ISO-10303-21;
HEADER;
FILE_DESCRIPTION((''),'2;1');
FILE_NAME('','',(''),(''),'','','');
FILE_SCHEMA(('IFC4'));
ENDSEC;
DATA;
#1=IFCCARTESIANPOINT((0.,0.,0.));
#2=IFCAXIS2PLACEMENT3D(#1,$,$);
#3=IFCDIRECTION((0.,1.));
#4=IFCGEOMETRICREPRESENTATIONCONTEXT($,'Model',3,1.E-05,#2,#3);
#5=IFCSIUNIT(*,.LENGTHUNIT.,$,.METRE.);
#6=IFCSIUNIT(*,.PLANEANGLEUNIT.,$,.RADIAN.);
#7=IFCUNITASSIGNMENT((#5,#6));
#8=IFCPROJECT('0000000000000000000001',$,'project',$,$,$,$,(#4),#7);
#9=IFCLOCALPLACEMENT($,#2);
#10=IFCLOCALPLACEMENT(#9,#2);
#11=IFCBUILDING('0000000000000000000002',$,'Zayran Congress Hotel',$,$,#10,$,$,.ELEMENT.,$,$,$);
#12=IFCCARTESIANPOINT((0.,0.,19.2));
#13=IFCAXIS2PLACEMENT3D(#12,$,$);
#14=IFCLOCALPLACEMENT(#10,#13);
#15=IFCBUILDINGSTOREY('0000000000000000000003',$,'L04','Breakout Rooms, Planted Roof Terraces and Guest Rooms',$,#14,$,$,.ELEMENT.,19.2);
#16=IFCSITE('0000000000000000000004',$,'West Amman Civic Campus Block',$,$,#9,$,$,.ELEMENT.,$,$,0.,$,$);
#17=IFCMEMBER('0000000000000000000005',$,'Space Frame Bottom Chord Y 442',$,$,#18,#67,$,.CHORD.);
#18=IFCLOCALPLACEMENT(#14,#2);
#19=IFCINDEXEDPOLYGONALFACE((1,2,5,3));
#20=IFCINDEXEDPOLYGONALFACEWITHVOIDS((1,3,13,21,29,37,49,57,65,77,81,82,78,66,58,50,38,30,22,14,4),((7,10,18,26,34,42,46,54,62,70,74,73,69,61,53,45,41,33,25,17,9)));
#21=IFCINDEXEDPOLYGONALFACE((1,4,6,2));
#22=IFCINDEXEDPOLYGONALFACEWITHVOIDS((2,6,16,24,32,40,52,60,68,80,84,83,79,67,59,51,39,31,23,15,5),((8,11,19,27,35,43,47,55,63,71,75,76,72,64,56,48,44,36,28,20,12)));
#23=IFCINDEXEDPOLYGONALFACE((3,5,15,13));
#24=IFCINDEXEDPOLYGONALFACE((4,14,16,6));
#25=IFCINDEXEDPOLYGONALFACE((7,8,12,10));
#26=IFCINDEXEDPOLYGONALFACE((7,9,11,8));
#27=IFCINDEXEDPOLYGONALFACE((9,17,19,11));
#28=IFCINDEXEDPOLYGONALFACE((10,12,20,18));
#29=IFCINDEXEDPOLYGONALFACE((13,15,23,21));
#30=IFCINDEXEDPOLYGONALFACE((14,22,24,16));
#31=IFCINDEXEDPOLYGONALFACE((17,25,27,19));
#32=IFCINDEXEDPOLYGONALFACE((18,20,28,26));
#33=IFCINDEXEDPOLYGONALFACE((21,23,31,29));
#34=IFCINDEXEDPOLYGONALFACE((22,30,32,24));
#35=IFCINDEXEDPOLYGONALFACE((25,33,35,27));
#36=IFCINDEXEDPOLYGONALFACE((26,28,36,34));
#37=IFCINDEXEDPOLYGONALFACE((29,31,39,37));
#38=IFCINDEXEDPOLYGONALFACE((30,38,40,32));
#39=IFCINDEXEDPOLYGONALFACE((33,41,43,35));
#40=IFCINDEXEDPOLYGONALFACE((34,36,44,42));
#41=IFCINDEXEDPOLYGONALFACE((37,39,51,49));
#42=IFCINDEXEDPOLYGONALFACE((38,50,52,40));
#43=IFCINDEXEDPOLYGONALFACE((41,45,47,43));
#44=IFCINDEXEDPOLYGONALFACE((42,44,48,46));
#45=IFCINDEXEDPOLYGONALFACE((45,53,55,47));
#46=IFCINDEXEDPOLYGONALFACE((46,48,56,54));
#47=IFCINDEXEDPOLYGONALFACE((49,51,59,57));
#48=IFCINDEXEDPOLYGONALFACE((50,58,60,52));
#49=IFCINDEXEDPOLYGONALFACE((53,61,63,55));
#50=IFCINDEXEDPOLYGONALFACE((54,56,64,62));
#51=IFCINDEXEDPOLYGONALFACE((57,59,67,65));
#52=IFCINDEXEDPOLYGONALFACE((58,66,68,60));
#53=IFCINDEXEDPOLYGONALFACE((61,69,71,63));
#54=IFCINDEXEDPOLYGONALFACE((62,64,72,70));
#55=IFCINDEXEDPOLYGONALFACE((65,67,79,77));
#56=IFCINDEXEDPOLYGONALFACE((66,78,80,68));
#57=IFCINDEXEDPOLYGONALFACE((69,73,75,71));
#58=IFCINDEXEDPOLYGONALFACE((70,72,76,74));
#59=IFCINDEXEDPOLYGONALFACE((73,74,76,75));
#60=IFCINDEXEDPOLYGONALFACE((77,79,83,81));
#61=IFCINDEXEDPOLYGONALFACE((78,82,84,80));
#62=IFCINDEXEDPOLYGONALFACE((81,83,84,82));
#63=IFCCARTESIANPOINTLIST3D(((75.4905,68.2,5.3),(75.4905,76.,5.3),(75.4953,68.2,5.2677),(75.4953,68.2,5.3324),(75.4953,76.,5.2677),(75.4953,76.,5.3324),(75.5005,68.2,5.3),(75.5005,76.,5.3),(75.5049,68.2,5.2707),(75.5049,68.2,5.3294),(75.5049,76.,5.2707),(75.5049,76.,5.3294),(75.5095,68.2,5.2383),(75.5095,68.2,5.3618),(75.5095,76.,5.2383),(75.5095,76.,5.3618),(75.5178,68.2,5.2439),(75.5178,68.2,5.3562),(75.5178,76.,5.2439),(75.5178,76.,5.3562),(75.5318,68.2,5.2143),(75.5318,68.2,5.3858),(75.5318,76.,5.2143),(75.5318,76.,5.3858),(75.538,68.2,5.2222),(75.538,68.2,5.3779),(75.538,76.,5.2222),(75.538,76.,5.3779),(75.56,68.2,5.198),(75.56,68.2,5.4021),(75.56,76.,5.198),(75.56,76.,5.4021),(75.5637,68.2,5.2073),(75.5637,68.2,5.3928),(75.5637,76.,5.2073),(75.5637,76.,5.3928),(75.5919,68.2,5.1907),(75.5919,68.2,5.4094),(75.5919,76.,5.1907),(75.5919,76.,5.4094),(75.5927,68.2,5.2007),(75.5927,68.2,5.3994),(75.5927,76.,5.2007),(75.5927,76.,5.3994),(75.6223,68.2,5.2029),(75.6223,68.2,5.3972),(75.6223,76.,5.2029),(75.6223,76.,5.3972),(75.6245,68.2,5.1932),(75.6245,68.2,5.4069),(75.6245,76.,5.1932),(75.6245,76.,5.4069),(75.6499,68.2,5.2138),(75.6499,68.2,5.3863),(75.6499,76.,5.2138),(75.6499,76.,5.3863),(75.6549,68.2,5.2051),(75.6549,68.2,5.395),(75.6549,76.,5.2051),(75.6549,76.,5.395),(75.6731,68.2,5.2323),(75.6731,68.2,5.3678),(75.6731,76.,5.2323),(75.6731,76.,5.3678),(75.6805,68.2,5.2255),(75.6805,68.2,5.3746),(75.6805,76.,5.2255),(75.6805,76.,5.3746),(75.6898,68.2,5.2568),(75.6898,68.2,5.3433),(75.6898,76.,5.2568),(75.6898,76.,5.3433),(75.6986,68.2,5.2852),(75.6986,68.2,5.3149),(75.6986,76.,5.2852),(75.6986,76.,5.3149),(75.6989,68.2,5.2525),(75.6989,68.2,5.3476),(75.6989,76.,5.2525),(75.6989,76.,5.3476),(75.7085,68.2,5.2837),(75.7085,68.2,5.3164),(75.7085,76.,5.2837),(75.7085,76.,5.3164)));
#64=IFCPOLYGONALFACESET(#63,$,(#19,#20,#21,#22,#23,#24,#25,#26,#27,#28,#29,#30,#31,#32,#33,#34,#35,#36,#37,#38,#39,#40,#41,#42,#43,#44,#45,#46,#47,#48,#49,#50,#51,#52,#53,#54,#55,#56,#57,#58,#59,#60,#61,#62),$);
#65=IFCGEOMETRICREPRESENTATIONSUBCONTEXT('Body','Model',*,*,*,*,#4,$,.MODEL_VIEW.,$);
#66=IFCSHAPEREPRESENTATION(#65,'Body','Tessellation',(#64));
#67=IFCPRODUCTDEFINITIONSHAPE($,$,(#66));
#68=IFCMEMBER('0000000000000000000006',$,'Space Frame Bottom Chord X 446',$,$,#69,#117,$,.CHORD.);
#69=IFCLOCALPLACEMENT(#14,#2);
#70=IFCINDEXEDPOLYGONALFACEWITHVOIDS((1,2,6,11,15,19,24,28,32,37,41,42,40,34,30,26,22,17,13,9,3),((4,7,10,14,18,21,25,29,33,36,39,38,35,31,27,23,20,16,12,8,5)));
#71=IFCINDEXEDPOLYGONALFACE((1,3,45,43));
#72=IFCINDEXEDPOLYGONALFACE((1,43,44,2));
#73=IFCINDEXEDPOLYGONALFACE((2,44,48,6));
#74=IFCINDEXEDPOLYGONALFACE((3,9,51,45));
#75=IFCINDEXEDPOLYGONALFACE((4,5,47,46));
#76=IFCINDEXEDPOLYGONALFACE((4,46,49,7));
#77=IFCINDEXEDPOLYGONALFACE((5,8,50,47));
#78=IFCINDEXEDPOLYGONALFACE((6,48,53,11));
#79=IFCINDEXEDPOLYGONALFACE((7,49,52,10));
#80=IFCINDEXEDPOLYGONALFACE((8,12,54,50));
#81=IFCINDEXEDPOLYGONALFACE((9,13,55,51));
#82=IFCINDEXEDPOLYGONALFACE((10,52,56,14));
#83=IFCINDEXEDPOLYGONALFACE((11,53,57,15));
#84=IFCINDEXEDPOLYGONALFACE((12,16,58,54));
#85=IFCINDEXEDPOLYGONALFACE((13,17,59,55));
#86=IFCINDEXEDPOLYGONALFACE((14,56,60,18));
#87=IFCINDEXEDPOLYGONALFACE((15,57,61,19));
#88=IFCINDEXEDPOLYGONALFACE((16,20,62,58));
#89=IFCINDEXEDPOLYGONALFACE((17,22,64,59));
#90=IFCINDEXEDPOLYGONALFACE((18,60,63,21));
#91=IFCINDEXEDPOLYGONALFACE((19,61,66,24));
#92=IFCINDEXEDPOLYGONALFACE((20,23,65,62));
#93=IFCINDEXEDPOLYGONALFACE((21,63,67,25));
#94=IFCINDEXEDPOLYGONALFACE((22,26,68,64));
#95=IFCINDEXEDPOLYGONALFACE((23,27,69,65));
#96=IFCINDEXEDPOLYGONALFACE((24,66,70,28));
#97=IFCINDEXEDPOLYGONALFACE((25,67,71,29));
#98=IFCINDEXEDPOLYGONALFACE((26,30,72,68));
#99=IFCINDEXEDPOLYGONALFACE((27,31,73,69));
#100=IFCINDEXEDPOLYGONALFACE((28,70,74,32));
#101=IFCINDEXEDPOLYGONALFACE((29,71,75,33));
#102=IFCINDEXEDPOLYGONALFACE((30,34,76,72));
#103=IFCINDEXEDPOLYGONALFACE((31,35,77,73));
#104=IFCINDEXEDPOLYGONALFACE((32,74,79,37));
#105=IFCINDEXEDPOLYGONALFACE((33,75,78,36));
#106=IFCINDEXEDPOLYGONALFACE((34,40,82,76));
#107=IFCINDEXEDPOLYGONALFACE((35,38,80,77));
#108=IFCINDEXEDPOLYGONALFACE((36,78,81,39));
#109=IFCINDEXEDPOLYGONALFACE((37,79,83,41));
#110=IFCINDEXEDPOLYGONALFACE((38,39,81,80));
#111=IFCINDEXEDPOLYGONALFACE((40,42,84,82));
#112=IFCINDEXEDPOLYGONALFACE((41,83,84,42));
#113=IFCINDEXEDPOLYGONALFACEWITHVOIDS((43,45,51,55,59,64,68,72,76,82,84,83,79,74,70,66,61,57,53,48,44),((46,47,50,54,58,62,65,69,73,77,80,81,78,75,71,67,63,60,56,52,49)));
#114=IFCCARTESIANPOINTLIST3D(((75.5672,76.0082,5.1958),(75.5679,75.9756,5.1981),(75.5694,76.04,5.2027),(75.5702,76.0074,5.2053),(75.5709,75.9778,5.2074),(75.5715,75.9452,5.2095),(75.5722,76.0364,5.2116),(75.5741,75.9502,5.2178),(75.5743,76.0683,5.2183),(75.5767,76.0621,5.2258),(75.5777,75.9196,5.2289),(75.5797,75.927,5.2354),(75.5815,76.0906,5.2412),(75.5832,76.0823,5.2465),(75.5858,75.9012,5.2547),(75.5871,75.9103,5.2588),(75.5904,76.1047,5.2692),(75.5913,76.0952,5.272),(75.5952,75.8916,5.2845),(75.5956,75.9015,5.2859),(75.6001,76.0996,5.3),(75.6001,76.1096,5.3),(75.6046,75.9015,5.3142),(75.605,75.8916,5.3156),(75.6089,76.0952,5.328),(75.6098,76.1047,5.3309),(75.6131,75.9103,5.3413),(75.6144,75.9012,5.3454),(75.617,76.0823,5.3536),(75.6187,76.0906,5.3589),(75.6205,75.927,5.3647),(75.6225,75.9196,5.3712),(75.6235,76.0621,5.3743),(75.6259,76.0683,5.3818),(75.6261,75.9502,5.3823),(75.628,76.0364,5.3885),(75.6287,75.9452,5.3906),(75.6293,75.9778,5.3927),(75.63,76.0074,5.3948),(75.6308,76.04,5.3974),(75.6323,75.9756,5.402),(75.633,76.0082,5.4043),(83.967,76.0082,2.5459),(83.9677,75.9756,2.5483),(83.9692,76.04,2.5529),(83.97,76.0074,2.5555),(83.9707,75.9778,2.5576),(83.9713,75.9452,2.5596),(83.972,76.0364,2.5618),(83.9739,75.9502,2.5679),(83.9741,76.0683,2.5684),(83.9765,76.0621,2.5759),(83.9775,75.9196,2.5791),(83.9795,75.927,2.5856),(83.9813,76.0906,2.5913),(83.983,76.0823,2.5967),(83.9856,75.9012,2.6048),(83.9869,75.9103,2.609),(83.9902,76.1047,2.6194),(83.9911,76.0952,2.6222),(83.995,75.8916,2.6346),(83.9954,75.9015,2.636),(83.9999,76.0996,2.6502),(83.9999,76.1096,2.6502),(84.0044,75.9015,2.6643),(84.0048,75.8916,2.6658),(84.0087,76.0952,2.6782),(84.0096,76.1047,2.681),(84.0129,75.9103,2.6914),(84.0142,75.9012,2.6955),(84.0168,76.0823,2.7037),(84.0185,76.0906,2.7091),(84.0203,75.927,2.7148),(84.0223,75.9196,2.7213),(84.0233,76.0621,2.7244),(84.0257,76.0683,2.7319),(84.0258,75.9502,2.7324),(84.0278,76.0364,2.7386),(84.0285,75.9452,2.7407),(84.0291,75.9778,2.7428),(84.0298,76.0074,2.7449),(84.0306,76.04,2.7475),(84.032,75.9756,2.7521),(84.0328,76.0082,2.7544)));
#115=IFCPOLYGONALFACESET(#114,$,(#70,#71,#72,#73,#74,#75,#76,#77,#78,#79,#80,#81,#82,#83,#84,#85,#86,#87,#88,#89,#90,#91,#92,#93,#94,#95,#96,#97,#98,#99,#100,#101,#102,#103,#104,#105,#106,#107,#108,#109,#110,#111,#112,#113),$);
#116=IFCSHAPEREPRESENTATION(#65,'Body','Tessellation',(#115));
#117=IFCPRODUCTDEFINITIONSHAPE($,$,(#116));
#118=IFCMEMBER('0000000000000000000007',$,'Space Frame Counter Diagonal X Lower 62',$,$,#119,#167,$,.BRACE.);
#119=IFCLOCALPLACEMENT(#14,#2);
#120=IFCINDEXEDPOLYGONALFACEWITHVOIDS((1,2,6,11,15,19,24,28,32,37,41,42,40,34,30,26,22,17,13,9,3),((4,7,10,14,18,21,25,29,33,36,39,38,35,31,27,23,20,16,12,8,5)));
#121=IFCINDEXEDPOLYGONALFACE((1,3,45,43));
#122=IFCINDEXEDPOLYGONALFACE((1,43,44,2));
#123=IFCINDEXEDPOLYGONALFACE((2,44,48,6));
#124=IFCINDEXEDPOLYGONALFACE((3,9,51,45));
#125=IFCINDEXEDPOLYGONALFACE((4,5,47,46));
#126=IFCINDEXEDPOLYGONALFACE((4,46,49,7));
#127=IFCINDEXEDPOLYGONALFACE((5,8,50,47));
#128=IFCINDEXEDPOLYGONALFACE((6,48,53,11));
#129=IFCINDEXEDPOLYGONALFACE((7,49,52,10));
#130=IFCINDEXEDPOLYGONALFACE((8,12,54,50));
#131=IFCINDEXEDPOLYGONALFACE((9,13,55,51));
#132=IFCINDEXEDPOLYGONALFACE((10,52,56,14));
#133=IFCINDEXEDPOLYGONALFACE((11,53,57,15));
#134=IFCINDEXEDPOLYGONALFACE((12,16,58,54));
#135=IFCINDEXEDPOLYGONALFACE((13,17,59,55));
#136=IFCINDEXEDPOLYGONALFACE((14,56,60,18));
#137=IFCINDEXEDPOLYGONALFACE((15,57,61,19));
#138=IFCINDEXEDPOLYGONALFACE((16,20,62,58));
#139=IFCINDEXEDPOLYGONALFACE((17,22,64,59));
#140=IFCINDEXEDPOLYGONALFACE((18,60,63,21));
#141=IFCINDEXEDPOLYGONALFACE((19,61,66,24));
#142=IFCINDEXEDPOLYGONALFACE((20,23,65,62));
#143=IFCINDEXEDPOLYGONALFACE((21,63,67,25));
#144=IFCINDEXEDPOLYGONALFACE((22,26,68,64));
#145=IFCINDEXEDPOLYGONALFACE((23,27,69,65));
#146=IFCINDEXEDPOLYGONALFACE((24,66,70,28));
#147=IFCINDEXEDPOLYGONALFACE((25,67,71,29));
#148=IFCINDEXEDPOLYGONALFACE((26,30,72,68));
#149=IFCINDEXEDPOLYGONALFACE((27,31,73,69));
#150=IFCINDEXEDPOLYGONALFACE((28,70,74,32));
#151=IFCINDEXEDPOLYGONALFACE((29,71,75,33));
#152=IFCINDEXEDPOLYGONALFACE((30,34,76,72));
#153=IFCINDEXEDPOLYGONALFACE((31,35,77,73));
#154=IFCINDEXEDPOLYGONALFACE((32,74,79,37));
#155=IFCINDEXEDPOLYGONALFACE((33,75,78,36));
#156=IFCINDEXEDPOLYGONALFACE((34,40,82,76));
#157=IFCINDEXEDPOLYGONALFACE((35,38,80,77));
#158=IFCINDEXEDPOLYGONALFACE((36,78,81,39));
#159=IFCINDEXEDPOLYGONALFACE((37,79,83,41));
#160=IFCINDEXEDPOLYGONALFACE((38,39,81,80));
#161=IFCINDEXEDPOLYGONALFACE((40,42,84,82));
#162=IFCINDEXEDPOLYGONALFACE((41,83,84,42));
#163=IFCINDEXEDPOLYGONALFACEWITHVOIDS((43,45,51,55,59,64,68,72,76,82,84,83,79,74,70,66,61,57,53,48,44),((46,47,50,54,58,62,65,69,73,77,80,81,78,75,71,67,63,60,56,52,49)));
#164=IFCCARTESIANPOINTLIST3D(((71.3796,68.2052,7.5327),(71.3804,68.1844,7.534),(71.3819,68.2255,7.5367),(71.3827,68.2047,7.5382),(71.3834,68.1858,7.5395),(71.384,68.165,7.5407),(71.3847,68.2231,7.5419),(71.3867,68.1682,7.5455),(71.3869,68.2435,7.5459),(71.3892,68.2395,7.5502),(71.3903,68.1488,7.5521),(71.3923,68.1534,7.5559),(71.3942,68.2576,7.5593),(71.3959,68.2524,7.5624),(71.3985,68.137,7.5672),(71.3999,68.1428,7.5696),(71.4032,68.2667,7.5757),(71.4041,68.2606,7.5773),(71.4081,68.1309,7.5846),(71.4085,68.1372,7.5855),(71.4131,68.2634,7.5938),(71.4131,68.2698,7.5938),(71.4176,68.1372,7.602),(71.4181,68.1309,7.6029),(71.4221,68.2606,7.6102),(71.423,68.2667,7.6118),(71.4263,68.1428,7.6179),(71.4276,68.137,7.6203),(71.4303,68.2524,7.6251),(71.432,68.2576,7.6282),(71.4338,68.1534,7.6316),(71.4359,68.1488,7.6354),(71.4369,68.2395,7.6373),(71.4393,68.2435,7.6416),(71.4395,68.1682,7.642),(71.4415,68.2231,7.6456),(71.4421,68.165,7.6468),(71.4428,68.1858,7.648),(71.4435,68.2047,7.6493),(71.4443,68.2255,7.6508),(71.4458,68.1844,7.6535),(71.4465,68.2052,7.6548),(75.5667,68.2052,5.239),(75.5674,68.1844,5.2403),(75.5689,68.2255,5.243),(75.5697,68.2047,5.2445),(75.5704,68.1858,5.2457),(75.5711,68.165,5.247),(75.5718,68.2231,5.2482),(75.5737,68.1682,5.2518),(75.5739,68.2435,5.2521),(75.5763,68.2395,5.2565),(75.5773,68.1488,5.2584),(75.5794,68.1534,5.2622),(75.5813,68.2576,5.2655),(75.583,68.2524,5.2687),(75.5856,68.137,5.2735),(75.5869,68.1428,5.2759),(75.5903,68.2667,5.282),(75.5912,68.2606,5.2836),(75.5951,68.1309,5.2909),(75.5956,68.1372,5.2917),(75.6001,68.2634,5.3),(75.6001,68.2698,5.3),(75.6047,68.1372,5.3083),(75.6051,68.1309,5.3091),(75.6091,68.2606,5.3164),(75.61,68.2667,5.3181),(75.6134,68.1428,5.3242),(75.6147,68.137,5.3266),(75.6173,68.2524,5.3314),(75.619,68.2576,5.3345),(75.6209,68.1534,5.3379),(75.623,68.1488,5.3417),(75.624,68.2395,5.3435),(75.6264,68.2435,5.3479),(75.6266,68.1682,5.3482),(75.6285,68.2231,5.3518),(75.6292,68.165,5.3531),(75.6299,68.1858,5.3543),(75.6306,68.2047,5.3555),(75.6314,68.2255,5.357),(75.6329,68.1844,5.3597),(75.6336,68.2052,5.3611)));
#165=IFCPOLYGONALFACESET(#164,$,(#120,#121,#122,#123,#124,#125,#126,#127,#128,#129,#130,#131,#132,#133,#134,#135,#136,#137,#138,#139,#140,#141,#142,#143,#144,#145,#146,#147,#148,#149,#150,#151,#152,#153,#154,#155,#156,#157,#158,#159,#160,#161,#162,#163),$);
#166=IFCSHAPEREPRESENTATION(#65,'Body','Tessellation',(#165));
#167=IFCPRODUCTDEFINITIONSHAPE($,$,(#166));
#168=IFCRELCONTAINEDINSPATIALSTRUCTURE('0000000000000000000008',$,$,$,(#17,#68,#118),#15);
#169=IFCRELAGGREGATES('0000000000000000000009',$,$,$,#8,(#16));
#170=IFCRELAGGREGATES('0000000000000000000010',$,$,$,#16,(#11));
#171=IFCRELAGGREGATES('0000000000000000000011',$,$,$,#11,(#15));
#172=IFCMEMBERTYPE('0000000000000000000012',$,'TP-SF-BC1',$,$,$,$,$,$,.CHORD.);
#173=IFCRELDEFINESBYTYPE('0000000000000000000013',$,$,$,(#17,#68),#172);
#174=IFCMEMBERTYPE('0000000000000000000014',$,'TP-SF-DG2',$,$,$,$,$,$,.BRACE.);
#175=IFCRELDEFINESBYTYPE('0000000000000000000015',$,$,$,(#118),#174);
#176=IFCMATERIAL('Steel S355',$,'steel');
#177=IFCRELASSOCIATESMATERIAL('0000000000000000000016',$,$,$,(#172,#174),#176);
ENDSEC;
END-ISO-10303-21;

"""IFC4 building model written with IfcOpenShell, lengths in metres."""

from ifc_helpers import new_model, si_unit, direction, frame, origin, origin_2d, place, context, subcontext, project, spatial, hollow_circle, extrude, material, material_profile, profile_set, type_object, element, save


model = new_model("IFC4")

# Units and contexts
model_context = context("Model", 3, precision=1e-05, world=origin(), true_north=direction((0.0, 1.0)))
body_context = subcontext(model_context, "Body", "Model", "MODEL_VIEW")
ifc_project = project(units=[si_unit("LENGTHUNIT", "METRE"), si_unit("PLANEANGLEUNIT", "RADIAN")], contexts=[model_context])

# Site, building, storey
site_placement = place(None, origin())
site = spatial("IfcSite", under=ifc_project, at=site_placement, Name="West Amman Civic Campus Block", CompositionType="ELEMENT", RefElevation=0.0)
building_placement = place(site_placement, origin())
building = spatial("IfcBuilding", under=site, at=building_placement, Name="Zayran Congress Hotel", CompositionType="ELEMENT")
storey_placement = place(building_placement, frame((0.0, 0.0, 19.2)))
storey = spatial("IfcBuildingStorey", under=building, at=storey_placement, Name="L04", Description="Breakout Rooms, Planted Roof Terraces and Guest Rooms", CompositionType="ELEMENT", Elevation=19.2)

# Members
ifc_material_1 = material(Name="Steel S355", Category="steel")
ifc_material_profile_1 = material_profile(ifc_material_1, hollow_circle(Radius=0.1096, WallThickness=0.01, at=origin_2d()), Name="CHS 219.1x10")
ifc_profile_set_1 = profile_set([ifc_material_profile_1], Name="Steel S355")
member_type_1 = type_object("IfcMemberType", Name="TP-SF-BC1", PredefinedType="CHORD", material=ifc_profile_set_1)
member_1_placement = place(storey_placement, frame((75.6001, 68.2, 5.3), z_axis=(0.0, 1.0, 0.0), x_axis=(-1.0, 0.0, 0.0)))
element("IfcMember", 1, at=member_1_placement, inside=storey, type_object=member_type_1, Name="Space Frame Bottom Chord Y 442", PredefinedType="CHORD", context=body_context, shape_type="SweptSolid", body=[
    extrude(hollow_circle(Radius=0.1096, WallThickness=0.01, at=origin_2d()), origin(), (0.0, 0.0, 1.0), 7.8),
])
member_2_placement = place(storey_placement, frame((75.6001, 76.0, 5.3), z_axis=(0.953671, 0.0, -0.300853), x_axis=(0.0, 1.0, 0.0)))
element("IfcMember", 2, at=member_2_placement, inside=storey, type_object=member_type_1, Name="Space Frame Bottom Chord X 446", PredefinedType="CHORD", context=body_context, shape_type="SweptSolid", body=[
    extrude(hollow_circle(Radius=0.1096, WallThickness=0.01, at=origin_2d()), origin(), (0.0, 0.0, 1.0), 8.8079),
])
ifc_material_profile_2 = material_profile(ifc_material_1, hollow_circle(Radius=0.0698, WallThickness=0.0063, at=origin_2d()), Name="CHS 139.7x6.3")
ifc_profile_set_2 = profile_set([ifc_material_profile_2], Name="Steel S355")
member_type_2 = type_object("IfcMemberType", Name="TP-SF-DG2", PredefinedType="BRACE", material=ifc_profile_set_2)
for number, where, z_axis, x_axis, name in (
    (3, (71.4131, 68.2, 7.5938), (0.877024, 0.0, -0.480446), (0.0, 1.0, 0.0), "Space Frame Counter Diagonal X Lower 62"),
):
    element("IfcMember", number, at=place(storey_placement, frame(where, z_axis=z_axis, x_axis=x_axis)), inside=storey, type_object=member_type_2, Name=name, PredefinedType="BRACE", context=body_context, shape_type="SweptSolid", body=[
        extrude(hollow_circle(Radius=0.0698, WallThickness=0.0063, at=origin_2d()), origin(), (0.0, 0.0, 1.0), 4.7742),
    ])

save(model, "model.ifc")
